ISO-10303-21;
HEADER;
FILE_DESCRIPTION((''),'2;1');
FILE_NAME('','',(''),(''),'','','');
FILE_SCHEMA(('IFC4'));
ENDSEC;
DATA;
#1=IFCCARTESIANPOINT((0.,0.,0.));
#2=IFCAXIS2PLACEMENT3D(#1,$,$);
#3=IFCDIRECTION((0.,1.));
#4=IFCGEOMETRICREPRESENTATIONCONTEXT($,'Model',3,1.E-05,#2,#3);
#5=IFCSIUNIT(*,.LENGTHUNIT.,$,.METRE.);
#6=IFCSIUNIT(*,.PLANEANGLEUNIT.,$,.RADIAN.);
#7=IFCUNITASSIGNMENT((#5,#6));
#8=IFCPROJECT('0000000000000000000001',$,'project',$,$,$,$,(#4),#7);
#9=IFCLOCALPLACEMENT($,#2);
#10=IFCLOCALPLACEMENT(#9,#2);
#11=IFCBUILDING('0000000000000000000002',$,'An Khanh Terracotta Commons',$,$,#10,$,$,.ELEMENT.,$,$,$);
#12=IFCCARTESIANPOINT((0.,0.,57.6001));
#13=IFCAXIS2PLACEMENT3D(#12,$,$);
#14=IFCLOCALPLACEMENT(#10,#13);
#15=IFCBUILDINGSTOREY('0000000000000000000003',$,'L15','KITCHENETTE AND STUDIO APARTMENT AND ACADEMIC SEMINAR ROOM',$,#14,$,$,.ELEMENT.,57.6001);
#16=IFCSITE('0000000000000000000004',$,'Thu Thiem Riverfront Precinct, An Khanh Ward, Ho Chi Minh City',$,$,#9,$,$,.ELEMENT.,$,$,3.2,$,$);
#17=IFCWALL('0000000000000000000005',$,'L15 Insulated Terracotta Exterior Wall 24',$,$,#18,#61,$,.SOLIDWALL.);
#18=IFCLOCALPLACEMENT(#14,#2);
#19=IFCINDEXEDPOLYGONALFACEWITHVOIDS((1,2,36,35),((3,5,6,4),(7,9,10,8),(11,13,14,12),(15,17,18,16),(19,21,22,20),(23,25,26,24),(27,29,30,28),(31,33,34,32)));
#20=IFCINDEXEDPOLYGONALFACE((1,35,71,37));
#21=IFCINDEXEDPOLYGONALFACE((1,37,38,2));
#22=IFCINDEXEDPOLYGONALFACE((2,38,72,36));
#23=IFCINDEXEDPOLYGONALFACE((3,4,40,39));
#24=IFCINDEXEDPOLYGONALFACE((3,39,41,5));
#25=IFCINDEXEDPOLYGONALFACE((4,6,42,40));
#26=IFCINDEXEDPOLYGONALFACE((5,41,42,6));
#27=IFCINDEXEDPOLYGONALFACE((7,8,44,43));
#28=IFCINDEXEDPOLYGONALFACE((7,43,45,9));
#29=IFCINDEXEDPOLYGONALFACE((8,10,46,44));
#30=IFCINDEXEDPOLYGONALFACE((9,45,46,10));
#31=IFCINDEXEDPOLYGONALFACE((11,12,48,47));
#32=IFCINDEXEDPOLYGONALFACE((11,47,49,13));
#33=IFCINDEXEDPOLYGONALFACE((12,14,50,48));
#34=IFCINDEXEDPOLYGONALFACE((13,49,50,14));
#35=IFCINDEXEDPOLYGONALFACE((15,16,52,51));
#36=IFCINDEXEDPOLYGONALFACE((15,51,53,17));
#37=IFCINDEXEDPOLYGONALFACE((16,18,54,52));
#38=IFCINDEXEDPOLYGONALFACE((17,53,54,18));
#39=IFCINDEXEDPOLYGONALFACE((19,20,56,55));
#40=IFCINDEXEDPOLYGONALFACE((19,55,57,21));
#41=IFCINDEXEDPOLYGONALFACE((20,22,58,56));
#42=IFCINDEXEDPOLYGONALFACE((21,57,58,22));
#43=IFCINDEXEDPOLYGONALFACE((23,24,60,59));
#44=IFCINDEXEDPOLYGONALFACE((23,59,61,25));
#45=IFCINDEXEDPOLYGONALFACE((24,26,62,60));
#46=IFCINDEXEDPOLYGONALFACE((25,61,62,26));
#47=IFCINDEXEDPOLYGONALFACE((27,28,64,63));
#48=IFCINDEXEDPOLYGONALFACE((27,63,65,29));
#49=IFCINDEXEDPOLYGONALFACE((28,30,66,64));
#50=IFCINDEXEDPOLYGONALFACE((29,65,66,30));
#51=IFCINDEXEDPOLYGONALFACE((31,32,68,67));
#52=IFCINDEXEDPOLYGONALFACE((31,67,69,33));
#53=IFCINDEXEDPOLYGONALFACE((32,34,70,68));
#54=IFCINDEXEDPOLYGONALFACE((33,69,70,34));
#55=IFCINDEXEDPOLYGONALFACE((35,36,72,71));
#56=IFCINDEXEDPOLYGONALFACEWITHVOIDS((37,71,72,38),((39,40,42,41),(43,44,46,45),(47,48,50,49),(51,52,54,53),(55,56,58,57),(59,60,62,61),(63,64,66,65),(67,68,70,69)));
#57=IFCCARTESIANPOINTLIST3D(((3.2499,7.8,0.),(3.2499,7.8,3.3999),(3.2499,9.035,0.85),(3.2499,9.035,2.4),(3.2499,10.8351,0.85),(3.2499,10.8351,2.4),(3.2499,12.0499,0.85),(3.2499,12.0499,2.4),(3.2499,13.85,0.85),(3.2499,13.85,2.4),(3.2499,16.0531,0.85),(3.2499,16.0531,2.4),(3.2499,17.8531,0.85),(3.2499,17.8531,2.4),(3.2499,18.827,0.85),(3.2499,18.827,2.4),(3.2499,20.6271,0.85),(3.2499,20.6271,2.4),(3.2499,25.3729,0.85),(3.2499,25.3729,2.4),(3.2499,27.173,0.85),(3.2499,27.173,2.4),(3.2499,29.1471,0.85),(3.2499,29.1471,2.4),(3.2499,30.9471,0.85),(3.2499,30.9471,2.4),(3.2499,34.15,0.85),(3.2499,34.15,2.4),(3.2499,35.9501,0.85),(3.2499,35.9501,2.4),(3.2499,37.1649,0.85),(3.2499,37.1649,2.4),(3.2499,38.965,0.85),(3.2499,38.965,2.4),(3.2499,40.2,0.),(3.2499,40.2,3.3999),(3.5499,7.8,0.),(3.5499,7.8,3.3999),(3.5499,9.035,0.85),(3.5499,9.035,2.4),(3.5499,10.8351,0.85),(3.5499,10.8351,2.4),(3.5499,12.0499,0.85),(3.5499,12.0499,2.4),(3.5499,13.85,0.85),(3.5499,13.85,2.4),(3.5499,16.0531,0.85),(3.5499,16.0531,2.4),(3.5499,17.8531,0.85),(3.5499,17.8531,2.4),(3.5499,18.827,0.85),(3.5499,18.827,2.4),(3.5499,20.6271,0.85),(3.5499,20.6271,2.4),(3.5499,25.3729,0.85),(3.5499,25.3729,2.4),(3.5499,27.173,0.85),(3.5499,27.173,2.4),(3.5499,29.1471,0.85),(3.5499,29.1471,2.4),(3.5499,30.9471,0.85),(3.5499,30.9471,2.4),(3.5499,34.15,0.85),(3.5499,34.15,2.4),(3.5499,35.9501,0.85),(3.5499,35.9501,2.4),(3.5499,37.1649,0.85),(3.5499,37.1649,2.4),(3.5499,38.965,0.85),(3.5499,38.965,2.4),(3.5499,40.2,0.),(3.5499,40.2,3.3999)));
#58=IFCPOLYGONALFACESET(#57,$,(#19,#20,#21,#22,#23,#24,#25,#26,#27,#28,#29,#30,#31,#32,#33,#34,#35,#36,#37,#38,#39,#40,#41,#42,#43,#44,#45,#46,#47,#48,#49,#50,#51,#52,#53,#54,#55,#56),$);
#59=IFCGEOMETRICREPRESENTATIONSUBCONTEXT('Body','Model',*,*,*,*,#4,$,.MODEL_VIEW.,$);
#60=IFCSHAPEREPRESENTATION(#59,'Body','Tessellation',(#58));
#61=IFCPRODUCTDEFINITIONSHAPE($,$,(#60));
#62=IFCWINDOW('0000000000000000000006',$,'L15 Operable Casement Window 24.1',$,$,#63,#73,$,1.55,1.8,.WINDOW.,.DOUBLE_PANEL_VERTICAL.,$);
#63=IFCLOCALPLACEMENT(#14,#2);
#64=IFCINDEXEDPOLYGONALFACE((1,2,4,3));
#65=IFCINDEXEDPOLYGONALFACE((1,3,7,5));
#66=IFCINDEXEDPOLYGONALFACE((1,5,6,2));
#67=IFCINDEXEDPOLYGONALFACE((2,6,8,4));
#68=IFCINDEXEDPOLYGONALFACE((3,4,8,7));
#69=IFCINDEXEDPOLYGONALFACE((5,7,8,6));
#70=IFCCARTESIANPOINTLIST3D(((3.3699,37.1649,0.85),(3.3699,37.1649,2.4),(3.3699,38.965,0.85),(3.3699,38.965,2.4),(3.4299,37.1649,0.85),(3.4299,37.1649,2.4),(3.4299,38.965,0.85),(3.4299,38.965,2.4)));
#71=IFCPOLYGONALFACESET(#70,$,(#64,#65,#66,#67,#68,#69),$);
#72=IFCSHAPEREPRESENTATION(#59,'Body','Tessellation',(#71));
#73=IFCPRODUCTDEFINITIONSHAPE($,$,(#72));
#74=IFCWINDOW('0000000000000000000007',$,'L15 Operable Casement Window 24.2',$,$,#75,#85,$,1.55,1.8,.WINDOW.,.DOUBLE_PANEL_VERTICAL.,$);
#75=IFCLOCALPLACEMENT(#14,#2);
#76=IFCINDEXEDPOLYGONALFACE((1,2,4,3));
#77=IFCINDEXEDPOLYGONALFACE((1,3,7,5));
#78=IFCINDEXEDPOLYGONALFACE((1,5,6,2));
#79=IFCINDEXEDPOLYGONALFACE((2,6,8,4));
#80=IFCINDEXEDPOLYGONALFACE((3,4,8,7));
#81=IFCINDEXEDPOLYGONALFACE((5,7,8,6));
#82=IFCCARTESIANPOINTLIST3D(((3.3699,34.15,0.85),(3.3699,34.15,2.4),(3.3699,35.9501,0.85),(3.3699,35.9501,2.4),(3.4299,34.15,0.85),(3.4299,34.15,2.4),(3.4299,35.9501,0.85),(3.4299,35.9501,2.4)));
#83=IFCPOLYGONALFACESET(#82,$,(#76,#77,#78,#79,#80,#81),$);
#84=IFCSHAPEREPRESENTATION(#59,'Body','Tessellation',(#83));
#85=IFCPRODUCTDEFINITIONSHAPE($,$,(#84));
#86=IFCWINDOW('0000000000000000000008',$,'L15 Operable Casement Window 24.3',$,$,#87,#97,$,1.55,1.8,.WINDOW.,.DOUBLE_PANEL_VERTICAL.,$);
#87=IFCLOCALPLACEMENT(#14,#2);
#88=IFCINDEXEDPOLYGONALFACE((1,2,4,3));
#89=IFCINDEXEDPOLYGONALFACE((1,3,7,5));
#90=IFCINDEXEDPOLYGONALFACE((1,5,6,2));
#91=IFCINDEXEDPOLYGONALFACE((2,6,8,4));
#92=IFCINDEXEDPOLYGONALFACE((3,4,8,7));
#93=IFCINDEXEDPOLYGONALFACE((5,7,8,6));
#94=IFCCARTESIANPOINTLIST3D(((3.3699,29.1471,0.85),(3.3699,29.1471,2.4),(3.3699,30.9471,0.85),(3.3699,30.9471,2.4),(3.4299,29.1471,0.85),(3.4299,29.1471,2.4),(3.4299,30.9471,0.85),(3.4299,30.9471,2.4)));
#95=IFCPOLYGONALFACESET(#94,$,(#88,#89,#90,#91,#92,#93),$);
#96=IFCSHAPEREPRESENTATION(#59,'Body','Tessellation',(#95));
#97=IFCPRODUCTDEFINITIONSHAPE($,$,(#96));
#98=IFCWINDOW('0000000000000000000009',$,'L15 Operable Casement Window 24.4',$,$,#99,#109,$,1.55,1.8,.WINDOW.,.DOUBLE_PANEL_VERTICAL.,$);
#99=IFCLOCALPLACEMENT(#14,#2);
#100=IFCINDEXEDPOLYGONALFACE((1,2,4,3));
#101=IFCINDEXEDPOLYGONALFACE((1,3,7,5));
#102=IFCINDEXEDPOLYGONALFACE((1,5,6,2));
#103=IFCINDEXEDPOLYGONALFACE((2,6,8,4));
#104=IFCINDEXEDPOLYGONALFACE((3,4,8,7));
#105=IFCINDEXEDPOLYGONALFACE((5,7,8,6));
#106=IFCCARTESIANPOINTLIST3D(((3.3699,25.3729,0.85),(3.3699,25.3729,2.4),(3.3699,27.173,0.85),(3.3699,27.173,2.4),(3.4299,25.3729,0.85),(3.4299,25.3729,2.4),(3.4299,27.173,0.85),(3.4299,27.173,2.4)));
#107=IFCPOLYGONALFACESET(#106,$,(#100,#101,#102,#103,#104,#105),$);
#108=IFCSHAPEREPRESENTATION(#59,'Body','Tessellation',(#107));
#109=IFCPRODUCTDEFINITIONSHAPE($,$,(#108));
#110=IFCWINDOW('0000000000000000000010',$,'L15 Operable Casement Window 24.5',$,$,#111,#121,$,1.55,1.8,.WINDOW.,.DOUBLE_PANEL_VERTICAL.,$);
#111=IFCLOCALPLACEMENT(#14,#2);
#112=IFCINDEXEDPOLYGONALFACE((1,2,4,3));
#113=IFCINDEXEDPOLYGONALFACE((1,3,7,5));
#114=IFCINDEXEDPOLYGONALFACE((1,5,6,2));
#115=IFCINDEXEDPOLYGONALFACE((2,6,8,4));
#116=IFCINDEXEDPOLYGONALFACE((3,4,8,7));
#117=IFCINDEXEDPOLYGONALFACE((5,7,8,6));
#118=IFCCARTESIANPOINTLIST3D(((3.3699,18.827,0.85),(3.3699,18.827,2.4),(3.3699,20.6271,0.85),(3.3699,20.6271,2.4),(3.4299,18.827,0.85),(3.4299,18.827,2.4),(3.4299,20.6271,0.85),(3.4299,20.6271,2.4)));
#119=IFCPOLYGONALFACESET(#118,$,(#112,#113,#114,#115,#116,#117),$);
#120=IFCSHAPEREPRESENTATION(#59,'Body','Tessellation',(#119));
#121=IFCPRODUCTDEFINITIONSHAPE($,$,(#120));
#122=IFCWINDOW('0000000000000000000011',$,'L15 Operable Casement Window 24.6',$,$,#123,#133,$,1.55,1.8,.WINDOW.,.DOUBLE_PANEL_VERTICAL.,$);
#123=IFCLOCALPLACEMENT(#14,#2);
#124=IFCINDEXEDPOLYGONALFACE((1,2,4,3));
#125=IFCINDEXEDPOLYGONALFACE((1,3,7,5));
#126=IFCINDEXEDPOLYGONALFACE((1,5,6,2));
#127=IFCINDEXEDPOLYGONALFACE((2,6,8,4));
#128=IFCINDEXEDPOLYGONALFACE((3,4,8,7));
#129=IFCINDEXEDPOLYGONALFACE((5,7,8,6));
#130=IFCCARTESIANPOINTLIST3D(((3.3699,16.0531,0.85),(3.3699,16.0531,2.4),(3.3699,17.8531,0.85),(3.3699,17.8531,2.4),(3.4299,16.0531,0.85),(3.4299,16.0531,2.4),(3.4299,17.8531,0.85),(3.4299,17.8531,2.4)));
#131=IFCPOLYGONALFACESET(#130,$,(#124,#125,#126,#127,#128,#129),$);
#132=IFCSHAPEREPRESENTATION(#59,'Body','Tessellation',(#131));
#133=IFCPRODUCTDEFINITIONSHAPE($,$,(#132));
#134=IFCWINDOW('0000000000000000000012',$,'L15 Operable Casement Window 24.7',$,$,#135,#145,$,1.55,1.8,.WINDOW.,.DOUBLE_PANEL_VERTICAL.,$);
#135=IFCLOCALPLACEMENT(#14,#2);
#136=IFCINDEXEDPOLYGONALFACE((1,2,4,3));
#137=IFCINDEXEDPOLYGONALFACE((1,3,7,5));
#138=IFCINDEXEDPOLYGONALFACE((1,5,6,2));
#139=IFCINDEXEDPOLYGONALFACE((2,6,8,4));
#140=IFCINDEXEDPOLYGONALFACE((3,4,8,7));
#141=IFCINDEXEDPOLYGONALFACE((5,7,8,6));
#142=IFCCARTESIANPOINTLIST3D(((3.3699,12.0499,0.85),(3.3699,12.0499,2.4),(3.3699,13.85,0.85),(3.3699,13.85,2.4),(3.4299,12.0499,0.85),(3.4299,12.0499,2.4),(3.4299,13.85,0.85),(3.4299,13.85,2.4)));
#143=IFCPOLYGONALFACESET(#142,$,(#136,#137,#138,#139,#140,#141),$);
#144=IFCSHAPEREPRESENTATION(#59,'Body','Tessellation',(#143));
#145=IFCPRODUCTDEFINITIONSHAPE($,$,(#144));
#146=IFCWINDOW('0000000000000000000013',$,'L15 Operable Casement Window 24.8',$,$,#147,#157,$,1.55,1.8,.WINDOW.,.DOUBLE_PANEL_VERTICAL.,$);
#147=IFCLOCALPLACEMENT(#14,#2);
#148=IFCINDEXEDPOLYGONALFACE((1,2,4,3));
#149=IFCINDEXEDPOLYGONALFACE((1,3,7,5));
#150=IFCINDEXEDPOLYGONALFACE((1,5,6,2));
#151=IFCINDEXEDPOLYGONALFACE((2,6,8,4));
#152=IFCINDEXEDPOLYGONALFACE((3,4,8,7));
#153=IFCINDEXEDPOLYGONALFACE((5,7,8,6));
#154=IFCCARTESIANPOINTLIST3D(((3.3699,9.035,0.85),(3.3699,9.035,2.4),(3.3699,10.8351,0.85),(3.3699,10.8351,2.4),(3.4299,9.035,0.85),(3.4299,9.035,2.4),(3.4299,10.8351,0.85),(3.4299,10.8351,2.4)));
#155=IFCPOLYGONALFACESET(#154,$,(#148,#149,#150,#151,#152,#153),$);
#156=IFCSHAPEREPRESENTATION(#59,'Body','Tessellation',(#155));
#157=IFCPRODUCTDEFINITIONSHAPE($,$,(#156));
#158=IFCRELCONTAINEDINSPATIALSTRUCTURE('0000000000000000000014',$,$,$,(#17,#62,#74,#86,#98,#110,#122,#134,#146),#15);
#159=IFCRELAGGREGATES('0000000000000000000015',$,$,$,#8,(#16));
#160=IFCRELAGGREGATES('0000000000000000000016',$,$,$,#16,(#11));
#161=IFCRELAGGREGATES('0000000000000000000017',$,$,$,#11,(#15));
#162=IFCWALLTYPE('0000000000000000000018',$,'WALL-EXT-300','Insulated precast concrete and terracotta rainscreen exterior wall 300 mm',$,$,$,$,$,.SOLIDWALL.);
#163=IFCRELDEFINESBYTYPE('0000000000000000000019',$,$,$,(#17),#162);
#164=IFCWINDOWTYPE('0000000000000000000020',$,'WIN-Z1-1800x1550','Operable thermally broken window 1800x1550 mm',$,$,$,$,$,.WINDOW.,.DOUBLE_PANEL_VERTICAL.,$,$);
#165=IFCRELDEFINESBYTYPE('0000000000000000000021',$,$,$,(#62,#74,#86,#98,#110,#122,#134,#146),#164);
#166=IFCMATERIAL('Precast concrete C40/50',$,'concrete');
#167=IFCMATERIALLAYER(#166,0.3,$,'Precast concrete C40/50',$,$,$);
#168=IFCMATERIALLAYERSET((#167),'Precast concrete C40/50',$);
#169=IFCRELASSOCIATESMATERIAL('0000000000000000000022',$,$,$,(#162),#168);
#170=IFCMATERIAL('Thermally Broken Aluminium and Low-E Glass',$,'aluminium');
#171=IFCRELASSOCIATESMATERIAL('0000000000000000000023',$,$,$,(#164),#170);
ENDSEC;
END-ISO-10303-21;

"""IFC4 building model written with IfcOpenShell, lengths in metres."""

from ifc_helpers import new_model, si_unit, direction, frame, frame_2d, origin, place, context, subcontext, project, spatial, rectangle, extrude, material, layer, layer_set, type_object, element, fill, save


model = new_model("IFC4")

# Units and contexts
model_context = context("Model", 3, precision=1e-05, world=origin(), true_north=direction((0.0, 1.0)))
body_context = subcontext(model_context, "Body", "Model", "MODEL_VIEW")
ifc_project = project(units=[si_unit("LENGTHUNIT", "METRE"), si_unit("PLANEANGLEUNIT", "RADIAN")], contexts=[model_context])

# Site, building, storey
site_placement = place(None, origin())
site = spatial("IfcSite", under=ifc_project, at=site_placement, Name="Thu Thiem Riverfront Precinct, An Khanh Ward, Ho Chi Minh City", CompositionType="ELEMENT", RefElevation=3.2)
building_placement = place(site_placement, origin())
building = spatial("IfcBuilding", under=site, at=building_placement, Name="An Khanh Terracotta Commons", CompositionType="ELEMENT")
storey_placement = place(building_placement, frame((0.0, 0.0, 57.6001)))
storey = spatial("IfcBuildingStorey", under=building, at=storey_placement, Name="L15", Description="KITCHENETTE AND STUDIO APARTMENT AND ACADEMIC SEMINAR ROOM", CompositionType="ELEMENT", Elevation=57.6001)

# Shared definitions
ifc_material_1 = material(Name="Precast concrete C40/50", Category="concrete")
ifc_layer_1 = layer(ifc_material_1, 0.3, Name="Precast concrete C40/50")
ifc_layer_set_1 = layer_set([ifc_layer_1], Name="Precast concrete C40/50")
wall_type_1 = type_object("IfcWallType", Name="WALL-EXT-300", Description="Insulated precast concrete and terracotta rainscreen exterior wall 300 mm", PredefinedType="SOLIDWALL", material=ifc_layer_set_1)

# Wall, openings, windows
wall_1_placement = place(storey_placement, frame((3.3999, 40.2, 0.0), z_axis=(0.0, 0.0, 1.0), x_axis=(0.0, -1.0, 0.0)))
wall_1 = element("IfcWall", 1, at=wall_1_placement, inside=storey, type_object=wall_type_1, Name="L15 Insulated Terracotta Exterior Wall 24", PredefinedType="SOLIDWALL", context=body_context, shape_type="SweptSolid", body=[
    extrude(rectangle(XDim=32.3999, YDim=0.3, at=frame_2d((16.2, 0.0))), origin(), (0.0, 0.0, 1.0), 3.3999),
])
opening_1_placement = place(wall_1_placement, frame((1.2351, 0.0, 0.8501)))
opening_1 = element("IfcOpeningElement", 2, at=opening_1_placement, cuts=wall_1, PredefinedType="OPENING", context=body_context, shape_type="SweptSolid", body=[
    extrude(rectangle(XDim=1.8, YDim=1.55, at=frame_2d((0.8999, 0.7749))), frame((0.0, 0.1599, 0.0), z_axis=(0.0, -1.0, 0.0), x_axis=(1.0, 0.0, 0.0)), (0.0, 0.0, 1.0), 0.3201),
])
opening_2_placement = place(wall_1_placement, frame((4.25, 0.0, 0.8501)))
opening_2 = element("IfcOpeningElement", 3, at=opening_2_placement, cuts=wall_1, PredefinedType="OPENING", context=body_context, shape_type="SweptSolid", body=[
    extrude(rectangle(XDim=1.8, YDim=1.55, at=frame_2d((0.8999, 0.7749))), frame((0.0, 0.1599, 0.0), z_axis=(0.0, -1.0, 0.0), x_axis=(1.0, 0.0, 0.0)), (0.0, 0.0, 1.0), 0.3201),
])
opening_3_placement = place(wall_1_placement, frame((9.2529, 0.0, 0.8501)))
opening_3 = element("IfcOpeningElement", 4, at=opening_3_placement, cuts=wall_1, PredefinedType="OPENING", context=body_context, shape_type="SweptSolid", body=[
    extrude(rectangle(XDim=1.8, YDim=1.55, at=frame_2d((0.8999, 0.7749))), frame((0.0, 0.1599, 0.0), z_axis=(0.0, -1.0, 0.0), x_axis=(1.0, 0.0, 0.0)), (0.0, 0.0, 1.0), 0.3201),
])
opening_4_placement = place(wall_1_placement, frame((13.0271, 0.0, 0.8501)))
opening_4 = element("IfcOpeningElement", 5, at=opening_4_placement, cuts=wall_1, PredefinedType="OPENING", context=body_context, shape_type="SweptSolid", body=[
    extrude(rectangle(XDim=1.8, YDim=1.55, at=frame_2d((0.8999, 0.7749))), frame((0.0, 0.1599, 0.0), z_axis=(0.0, -1.0, 0.0), x_axis=(1.0, 0.0, 0.0)), (0.0, 0.0, 1.0), 0.3201),
])
opening_5_placement = place(wall_1_placement, frame((19.573, 0.0, 0.8501)))
opening_5 = element("IfcOpeningElement", 6, at=opening_5_placement, cuts=wall_1, PredefinedType="OPENING", context=body_context, shape_type="SweptSolid", body=[
    extrude(rectangle(XDim=1.8, YDim=1.55, at=frame_2d((0.8999, 0.7749))), frame((0.0, 0.1599, 0.0), z_axis=(0.0, -1.0, 0.0), x_axis=(1.0, 0.0, 0.0)), (0.0, 0.0, 1.0), 0.3201),
])
opening_6_placement = place(wall_1_placement, frame((22.3469, 0.0, 0.8501)))
opening_6 = element("IfcOpeningElement", 7, at=opening_6_placement, cuts=wall_1, PredefinedType="OPENING", context=body_context, shape_type="SweptSolid", body=[
    extrude(rectangle(XDim=1.8, YDim=1.55, at=frame_2d((0.8999, 0.7749))), frame((0.0, 0.1599, 0.0), z_axis=(0.0, -1.0, 0.0), x_axis=(1.0, 0.0, 0.0)), (0.0, 0.0, 1.0), 0.3201),
])
opening_7_placement = place(wall_1_placement, frame((26.3501, 0.0, 0.8501)))
opening_7 = element("IfcOpeningElement", 8, at=opening_7_placement, cuts=wall_1, PredefinedType="OPENING", context=body_context, shape_type="SweptSolid", body=[
    extrude(rectangle(XDim=1.8, YDim=1.55, at=frame_2d((0.8999, 0.7749))), frame((0.0, 0.1599, 0.0), z_axis=(0.0, -1.0, 0.0), x_axis=(1.0, 0.0, 0.0)), (0.0, 0.0, 1.0), 0.3201),
])
opening_8_placement = place(wall_1_placement, frame((29.365, 0.0, 0.8501)))
opening_8 = element("IfcOpeningElement", 9, at=opening_8_placement, cuts=wall_1, PredefinedType="OPENING", context=body_context, shape_type="SweptSolid", body=[
    extrude(rectangle(XDim=1.8, YDim=1.55, at=frame_2d((0.8999, 0.7749))), frame((0.0, 0.1599, 0.0), z_axis=(0.0, -1.0, 0.0), x_axis=(1.0, 0.0, 0.0)), (0.0, 0.0, 1.0), 0.3201),
])
ifc_material_2 = material(Name="Thermally Broken Aluminium and Low-E Glass", Category="aluminium")
window_type = type_object("IfcWindowType", Name="WIN-Z1-1800x1550", Description="Operable thermally broken window 1800x1550 mm", PartitioningType="DOUBLE_PANEL_VERTICAL", PredefinedType="WINDOW", material=ifc_material_2)
window_1_placement = place(opening_1_placement, origin())
window_1 = element("IfcWindow", 10, at=window_1_placement, inside=storey, type_object=window_type, Name="L15 Operable Casement Window 24.1", OverallHeight=1.55, OverallWidth=1.8, PartitioningType="DOUBLE_PANEL_VERTICAL", PredefinedType="WINDOW", context=body_context, shape_type="SweptSolid", body=[
    extrude(rectangle(XDim=1.8, YDim=1.55, at=frame_2d((0.8999, 0.7749))), frame((0.0, 0.03, 0.0), z_axis=(0.0, -1.0, 0.0), x_axis=(1.0, 0.0, 0.0)), (0.0, 0.0, 1.0), 0.0601),
])
fill(opening_1, window_1)
window_2_placement = place(opening_2_placement, origin())
window_2 = element("IfcWindow", 11, at=window_2_placement, inside=storey, type_object=window_type, Name="L15 Operable Casement Window 24.2", OverallHeight=1.55, OverallWidth=1.8, PartitioningType="DOUBLE_PANEL_VERTICAL", PredefinedType="WINDOW", context=body_context, shape_type="SweptSolid", body=[
    extrude(rectangle(XDim=1.8, YDim=1.55, at=frame_2d((0.8999, 0.7749))), frame((0.0, 0.03, 0.0), z_axis=(0.0, -1.0, 0.0), x_axis=(1.0, 0.0, 0.0)), (0.0, 0.0, 1.0), 0.0601),
])
fill(opening_2, window_2)
window_3_placement = place(opening_3_placement, origin())
window_3 = element("IfcWindow", 12, at=window_3_placement, inside=storey, type_object=window_type, Name="L15 Operable Casement Window 24.3", OverallHeight=1.55, OverallWidth=1.8, PartitioningType="DOUBLE_PANEL_VERTICAL", PredefinedType="WINDOW", context=body_context, shape_type="SweptSolid", body=[
    extrude(rectangle(XDim=1.8, YDim=1.55, at=frame_2d((0.8999, 0.7749))), frame((0.0, 0.03, 0.0), z_axis=(0.0, -1.0, 0.0), x_axis=(1.0, 0.0, 0.0)), (0.0, 0.0, 1.0), 0.0601),
])
fill(opening_3, window_3)
window_4_placement = place(opening_4_placement, origin())
window_4 = element("IfcWindow", 13, at=window_4_placement, inside=storey, type_object=window_type, Name="L15 Operable Casement Window 24.4", OverallHeight=1.55, OverallWidth=1.8, PartitioningType="DOUBLE_PANEL_VERTICAL", PredefinedType="WINDOW", context=body_context, shape_type="SweptSolid", body=[
    extrude(rectangle(XDim=1.8, YDim=1.55, at=frame_2d((0.8999, 0.7749))), frame((0.0, 0.03, 0.0), z_axis=(0.0, -1.0, 0.0), x_axis=(1.0, 0.0, 0.0)), (0.0, 0.0, 1.0), 0.0601),
])
fill(opening_4, window_4)
window_5_placement = place(opening_5_placement, origin())
window_5 = element("IfcWindow", 14, at=window_5_placement, inside=storey, type_object=window_type, Name="L15 Operable Casement Window 24.5", OverallHeight=1.55, OverallWidth=1.8, PartitioningType="DOUBLE_PANEL_VERTICAL", PredefinedType="WINDOW", context=body_context, shape_type="SweptSolid", body=[
    extrude(rectangle(XDim=1.8, YDim=1.55, at=frame_2d((0.8999, 0.7749))), frame((0.0, 0.03, 0.0), z_axis=(0.0, -1.0, 0.0), x_axis=(1.0, 0.0, 0.0)), (0.0, 0.0, 1.0), 0.0601),
])
fill(opening_5, window_5)
window_6_placement = place(opening_6_placement, origin())
window_6 = element("IfcWindow", 15, at=window_6_placement, inside=storey, type_object=window_type, Name="L15 Operable Casement Window 24.6", OverallHeight=1.55, OverallWidth=1.8, PartitioningType="DOUBLE_PANEL_VERTICAL", PredefinedType="WINDOW", context=body_context, shape_type="SweptSolid", body=[
    extrude(rectangle(XDim=1.8, YDim=1.55, at=frame_2d((0.8999, 0.7749))), frame((0.0, 0.03, 0.0), z_axis=(0.0, -1.0, 0.0), x_axis=(1.0, 0.0, 0.0)), (0.0, 0.0, 1.0), 0.0601),
])
fill(opening_6, window_6)
window_7_placement = place(opening_7_placement, origin())
window_7 = element("IfcWindow", 16, at=window_7_placement, inside=storey, type_object=window_type, Name="L15 Operable Casement Window 24.7", OverallHeight=1.55, OverallWidth=1.8, PartitioningType="DOUBLE_PANEL_VERTICAL", PredefinedType="WINDOW", context=body_context, shape_type="SweptSolid", body=[
    extrude(rectangle(XDim=1.8, YDim=1.55, at=frame_2d((0.8999, 0.7749))), frame((0.0, 0.03, 0.0), z_axis=(0.0, -1.0, 0.0), x_axis=(1.0, 0.0, 0.0)), (0.0, 0.0, 1.0), 0.0601),
])
fill(opening_7, window_7)
window_8_placement = place(opening_8_placement, origin())
window_8 = element("IfcWindow", 17, at=window_8_placement, inside=storey, type_object=window_type, Name="L15 Operable Casement Window 24.8", OverallHeight=1.55, OverallWidth=1.8, PartitioningType="DOUBLE_PANEL_VERTICAL", PredefinedType="WINDOW", context=body_context, shape_type="SweptSolid", body=[
    extrude(rectangle(XDim=1.8, YDim=1.55, at=frame_2d((0.8999, 0.7749))), frame((0.0, 0.03, 0.0), z_axis=(0.0, -1.0, 0.0), x_axis=(1.0, 0.0, 0.0)), (0.0, 0.0, 1.0), 0.0601),
])
fill(opening_8, window_8)

save(model, "model.ifc")
